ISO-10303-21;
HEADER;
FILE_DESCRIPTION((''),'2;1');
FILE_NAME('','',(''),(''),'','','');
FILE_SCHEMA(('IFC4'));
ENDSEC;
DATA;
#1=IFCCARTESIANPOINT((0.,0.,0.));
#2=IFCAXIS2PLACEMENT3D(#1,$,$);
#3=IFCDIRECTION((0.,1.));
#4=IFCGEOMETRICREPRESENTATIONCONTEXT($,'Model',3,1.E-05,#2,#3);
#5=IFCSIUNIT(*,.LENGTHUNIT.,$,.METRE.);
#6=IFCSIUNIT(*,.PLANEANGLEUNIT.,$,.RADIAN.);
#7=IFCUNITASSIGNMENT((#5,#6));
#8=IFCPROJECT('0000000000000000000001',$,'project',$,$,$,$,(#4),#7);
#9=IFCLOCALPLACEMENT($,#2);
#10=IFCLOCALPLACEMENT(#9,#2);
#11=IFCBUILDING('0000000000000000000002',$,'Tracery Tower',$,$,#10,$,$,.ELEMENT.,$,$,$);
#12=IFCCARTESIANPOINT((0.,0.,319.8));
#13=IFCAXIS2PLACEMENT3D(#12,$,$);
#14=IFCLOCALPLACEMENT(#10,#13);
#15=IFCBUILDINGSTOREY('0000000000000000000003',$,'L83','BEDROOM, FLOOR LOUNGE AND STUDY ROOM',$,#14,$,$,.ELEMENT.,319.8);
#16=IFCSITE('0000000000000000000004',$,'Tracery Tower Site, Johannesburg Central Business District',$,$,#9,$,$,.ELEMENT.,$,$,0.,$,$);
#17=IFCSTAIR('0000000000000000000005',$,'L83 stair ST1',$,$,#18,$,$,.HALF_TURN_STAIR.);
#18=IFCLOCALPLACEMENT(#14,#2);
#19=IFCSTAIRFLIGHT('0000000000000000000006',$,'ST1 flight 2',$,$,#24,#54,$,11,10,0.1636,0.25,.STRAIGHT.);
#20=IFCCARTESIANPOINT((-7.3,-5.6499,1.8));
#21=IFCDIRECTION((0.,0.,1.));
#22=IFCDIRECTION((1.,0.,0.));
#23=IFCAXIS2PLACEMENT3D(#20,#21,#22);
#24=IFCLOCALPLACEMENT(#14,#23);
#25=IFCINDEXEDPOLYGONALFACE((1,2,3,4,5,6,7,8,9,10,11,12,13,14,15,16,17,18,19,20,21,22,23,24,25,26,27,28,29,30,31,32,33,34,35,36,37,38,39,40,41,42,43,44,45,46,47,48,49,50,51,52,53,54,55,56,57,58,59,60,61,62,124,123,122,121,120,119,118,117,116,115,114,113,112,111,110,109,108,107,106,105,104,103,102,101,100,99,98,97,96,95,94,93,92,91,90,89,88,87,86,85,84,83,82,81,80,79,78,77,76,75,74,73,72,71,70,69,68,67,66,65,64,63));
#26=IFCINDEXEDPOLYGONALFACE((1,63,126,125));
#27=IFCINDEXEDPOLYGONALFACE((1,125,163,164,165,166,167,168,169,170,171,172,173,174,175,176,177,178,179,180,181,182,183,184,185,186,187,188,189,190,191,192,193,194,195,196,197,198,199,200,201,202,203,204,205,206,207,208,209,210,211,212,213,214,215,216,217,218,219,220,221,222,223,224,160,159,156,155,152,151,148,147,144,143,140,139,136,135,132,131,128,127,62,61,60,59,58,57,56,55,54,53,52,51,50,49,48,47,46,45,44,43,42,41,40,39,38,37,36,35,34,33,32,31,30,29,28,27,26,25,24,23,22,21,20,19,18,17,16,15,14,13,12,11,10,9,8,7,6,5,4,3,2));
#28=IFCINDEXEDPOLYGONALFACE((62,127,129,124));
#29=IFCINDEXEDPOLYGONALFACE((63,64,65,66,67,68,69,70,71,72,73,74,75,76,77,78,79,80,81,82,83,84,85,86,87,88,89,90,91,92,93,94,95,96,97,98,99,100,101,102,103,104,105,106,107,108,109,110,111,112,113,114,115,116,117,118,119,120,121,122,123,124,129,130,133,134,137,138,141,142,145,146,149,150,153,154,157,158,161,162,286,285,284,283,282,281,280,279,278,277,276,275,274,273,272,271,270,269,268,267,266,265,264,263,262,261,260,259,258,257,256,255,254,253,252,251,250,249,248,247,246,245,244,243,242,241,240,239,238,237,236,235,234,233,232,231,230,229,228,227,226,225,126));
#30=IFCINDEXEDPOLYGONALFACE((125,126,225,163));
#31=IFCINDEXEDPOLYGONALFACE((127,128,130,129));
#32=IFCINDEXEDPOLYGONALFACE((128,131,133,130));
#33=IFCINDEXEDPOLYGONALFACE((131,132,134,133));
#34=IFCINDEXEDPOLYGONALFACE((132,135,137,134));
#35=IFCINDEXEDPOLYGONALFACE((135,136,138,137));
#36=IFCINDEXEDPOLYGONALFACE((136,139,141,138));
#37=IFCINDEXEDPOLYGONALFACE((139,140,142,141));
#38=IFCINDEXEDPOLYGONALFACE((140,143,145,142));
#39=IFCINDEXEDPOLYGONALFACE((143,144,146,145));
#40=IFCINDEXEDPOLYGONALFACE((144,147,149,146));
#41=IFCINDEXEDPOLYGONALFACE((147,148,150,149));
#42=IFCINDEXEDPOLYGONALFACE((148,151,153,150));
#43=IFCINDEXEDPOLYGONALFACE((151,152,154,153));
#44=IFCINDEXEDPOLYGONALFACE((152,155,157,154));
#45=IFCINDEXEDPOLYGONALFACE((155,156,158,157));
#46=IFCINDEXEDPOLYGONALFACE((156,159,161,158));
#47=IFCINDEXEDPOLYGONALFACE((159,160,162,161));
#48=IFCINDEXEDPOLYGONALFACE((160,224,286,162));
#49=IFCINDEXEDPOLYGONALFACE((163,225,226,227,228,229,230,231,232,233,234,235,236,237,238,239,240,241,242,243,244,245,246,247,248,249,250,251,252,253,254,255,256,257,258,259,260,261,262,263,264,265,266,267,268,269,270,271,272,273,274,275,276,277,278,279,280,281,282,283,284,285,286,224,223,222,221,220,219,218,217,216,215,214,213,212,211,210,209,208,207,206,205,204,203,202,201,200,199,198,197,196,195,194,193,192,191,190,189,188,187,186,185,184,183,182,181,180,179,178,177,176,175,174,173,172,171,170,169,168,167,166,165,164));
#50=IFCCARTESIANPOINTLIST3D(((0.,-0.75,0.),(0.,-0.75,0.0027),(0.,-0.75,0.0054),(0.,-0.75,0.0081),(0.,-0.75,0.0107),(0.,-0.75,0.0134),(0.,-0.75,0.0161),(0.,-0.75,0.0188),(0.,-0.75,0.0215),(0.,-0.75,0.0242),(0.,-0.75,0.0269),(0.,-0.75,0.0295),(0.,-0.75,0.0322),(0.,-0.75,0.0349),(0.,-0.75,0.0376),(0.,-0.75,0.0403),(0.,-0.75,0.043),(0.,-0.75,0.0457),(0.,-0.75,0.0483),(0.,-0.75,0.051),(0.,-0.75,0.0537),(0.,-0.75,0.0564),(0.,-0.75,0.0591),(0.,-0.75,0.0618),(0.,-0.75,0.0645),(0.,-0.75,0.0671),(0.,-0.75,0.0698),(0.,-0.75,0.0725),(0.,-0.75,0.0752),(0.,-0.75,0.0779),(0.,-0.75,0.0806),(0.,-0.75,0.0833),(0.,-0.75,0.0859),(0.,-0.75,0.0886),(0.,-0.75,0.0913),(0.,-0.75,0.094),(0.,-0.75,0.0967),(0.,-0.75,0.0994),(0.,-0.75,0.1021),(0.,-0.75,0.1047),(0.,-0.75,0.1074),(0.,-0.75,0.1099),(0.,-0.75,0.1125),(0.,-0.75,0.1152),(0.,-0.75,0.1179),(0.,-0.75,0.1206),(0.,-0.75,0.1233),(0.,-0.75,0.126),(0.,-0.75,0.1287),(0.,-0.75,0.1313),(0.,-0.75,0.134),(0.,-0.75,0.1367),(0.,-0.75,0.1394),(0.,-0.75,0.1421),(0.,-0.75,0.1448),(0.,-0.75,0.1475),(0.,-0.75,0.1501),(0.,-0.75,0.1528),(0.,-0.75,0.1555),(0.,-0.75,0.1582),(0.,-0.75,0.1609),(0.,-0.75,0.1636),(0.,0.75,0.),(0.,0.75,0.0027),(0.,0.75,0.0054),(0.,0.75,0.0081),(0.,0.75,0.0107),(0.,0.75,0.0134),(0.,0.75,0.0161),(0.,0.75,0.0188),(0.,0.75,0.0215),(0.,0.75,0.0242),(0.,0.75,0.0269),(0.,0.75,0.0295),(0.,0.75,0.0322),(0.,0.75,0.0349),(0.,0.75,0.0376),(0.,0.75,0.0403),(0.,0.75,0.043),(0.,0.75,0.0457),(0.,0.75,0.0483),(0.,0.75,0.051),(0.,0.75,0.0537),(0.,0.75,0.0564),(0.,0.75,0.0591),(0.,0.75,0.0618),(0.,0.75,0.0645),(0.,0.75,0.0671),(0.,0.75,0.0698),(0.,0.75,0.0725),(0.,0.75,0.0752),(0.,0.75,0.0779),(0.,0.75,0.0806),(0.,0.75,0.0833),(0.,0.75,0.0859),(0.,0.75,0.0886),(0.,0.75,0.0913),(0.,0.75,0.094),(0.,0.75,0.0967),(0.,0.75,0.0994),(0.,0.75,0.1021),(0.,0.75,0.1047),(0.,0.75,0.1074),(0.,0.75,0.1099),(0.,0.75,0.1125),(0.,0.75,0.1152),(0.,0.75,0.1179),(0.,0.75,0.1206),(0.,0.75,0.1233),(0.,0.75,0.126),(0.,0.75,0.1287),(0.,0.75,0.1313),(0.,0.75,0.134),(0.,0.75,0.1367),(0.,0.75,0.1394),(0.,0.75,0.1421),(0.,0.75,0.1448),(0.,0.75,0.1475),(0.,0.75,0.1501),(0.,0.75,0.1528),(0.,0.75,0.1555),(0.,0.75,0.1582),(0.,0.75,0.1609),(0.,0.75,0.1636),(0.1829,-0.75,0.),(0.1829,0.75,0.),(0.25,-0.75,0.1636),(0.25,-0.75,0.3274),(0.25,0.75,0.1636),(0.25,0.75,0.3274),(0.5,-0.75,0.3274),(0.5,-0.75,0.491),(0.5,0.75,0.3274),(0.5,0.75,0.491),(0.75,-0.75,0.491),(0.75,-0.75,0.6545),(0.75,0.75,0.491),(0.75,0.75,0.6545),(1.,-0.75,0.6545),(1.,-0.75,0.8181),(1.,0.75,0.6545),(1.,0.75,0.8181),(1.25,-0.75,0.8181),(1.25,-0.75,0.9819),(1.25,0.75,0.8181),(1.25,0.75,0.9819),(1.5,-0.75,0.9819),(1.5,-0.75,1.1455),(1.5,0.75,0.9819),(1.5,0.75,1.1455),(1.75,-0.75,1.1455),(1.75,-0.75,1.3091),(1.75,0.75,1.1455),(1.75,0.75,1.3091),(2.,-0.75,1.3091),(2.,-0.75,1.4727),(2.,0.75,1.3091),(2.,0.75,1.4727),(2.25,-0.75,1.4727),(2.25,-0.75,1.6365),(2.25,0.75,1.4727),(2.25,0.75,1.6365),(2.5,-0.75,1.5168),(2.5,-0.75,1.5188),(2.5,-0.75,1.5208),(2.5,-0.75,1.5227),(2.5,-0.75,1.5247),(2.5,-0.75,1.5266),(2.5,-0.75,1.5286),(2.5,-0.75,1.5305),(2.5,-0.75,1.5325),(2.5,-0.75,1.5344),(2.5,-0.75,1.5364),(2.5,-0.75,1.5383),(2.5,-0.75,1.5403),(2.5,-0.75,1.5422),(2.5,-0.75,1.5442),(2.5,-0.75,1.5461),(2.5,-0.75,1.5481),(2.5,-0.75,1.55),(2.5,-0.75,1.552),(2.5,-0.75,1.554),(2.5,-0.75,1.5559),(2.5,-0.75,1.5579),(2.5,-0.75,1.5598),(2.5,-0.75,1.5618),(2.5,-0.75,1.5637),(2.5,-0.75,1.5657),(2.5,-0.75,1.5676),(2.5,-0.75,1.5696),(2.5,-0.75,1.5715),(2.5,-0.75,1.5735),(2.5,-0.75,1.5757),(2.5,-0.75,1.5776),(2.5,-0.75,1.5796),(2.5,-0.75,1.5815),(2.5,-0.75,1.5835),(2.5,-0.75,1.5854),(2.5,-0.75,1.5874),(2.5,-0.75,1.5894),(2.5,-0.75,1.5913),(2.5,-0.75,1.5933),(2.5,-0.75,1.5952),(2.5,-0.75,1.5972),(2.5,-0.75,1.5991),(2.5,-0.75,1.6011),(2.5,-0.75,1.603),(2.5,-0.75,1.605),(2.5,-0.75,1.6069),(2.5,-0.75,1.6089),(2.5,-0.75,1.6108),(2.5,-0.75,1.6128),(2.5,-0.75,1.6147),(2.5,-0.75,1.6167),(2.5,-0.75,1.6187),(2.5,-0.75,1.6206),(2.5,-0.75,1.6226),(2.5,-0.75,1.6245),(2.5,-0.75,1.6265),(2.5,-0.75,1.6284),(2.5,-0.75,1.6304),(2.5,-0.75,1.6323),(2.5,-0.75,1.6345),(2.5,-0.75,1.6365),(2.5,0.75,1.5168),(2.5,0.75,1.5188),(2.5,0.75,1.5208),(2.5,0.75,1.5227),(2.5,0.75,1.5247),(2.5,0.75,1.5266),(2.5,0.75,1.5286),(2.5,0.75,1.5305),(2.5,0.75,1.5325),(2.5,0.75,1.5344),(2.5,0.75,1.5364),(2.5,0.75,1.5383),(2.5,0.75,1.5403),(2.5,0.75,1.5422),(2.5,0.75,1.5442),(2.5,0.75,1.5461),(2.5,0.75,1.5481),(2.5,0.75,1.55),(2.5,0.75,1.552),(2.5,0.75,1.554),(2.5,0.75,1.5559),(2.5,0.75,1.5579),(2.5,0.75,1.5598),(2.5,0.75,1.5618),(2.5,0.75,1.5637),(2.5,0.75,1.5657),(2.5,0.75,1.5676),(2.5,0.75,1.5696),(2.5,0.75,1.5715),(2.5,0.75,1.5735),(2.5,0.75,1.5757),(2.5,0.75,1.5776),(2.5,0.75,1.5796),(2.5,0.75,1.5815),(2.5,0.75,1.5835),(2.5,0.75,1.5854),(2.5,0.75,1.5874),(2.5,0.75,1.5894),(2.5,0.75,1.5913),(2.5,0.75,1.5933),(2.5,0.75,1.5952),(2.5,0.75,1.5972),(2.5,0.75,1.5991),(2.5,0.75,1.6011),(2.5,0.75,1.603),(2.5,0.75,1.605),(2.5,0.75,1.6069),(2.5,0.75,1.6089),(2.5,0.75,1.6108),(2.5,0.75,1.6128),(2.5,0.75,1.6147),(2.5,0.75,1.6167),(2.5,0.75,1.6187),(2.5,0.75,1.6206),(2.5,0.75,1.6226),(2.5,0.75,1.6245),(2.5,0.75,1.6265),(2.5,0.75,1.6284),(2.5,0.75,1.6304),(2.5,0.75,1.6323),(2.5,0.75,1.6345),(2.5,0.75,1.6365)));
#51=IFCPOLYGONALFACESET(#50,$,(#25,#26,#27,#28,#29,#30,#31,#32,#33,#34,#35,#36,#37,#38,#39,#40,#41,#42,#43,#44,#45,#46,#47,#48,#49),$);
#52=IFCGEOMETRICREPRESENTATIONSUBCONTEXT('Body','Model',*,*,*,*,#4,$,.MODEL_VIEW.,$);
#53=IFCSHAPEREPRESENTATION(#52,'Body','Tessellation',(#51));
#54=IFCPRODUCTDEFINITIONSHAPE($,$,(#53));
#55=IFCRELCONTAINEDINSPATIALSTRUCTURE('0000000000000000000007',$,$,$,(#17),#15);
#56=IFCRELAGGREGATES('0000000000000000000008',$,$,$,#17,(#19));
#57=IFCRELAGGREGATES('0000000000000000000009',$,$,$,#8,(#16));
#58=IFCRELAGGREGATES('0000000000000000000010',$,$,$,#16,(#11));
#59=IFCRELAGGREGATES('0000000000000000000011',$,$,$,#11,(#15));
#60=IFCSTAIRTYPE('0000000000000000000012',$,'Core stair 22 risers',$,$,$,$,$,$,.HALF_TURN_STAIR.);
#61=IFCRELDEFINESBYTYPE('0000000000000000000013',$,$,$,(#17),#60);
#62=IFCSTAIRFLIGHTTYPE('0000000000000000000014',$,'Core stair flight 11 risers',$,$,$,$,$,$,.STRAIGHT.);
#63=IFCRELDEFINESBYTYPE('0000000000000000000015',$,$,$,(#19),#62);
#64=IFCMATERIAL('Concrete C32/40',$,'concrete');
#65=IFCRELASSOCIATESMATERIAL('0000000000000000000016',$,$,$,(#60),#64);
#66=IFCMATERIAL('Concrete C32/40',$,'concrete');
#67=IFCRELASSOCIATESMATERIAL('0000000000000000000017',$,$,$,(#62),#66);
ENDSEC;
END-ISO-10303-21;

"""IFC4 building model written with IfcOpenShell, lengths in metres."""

from ifc_helpers import new_model, si_unit, direction, frame, origin, place, context, subcontext, project, spatial, polyline, outline, extrude, material, type_object, element, aggregate, save


model = new_model("IFC4")

# Units and contexts
model_context = context("Model", 3, precision=1e-05, world=origin(), true_north=direction((0.0, 1.0)))
body_context = subcontext(model_context, "Body", "Model", "MODEL_VIEW")
ifc_project = project(units=[si_unit("LENGTHUNIT", "METRE"), si_unit("PLANEANGLEUNIT", "RADIAN")], contexts=[model_context])

# Site, building, storey
site_placement = place(None, origin())
site = spatial("IfcSite", under=ifc_project, at=site_placement, Name="Tracery Tower Site, Johannesburg Central Business District", CompositionType="ELEMENT", RefElevation=0.0)
building_placement = place(site_placement, origin())
building = spatial("IfcBuilding", under=site, at=building_placement, Name="Tracery Tower", CompositionType="ELEMENT")
storey_placement = place(building_placement, frame((0.0, 0.0, 319.8)))
storey = spatial("IfcBuildingStorey", under=building, at=storey_placement, Name="L83", Description="BEDROOM, FLOOR LOUNGE AND STUDY ROOM", CompositionType="ELEMENT", Elevation=319.8)

# Stair, stair flight
ifc_material_1 = material(Name="Concrete C32/40", Category="concrete")
stair_type = type_object("IfcStairType", Name="Core stair 22 risers", PredefinedType="HALF_TURN_STAIR", material=ifc_material_1)
stair_placement = place(storey_placement, origin())
stair = element("IfcStair", 1, at=stair_placement, inside=storey, type_object=stair_type, Name="L83 stair ST1", PredefinedType="HALF_TURN_STAIR")
ifc_material_2 = material(Name="Concrete C32/40", Category="concrete")
stair_flight_type = type_object("IfcStairFlightType", Name="Core stair flight 11 risers", PredefinedType="STRAIGHT", material=ifc_material_2)
stair_flight_1_placement = place(storey_placement, frame((-7.3, -5.6499, 1.8), z_axis=(0.0, 0.0, 1.0), x_axis=(1.0, 0.0, 0.0)))
stair_flight_1 = element("IfcStairFlight", 2, at=stair_flight_1_placement, type_object=stair_flight_type, Name="ST1 flight 2", NumberOfRisers=11, NumberOfTreads=10, PredefinedType="STRAIGHT", RiserHeight=0.1636, TreadLength=0.25, context=body_context, shape_type="SweptSolid", body=[
    extrude(outline(polyline([(0.0, 0.0), (0.0, 0.0027), (0.0, 0.0054), (0.0, 0.0081), (0.0, 0.0107), (0.0, 0.0134), (0.0, 0.0161), (0.0, 0.0188), (0.0, 0.0215), (0.0, 0.0242), (0.0, 0.0269), (0.0, 0.0295), (0.0, 0.0322), (0.0, 0.0349), (0.0, 0.0376), (0.0, 0.0403), (0.0, 0.043), (0.0, 0.0457), (0.0, 0.0483), (0.0, 0.051), (0.0, 0.0537), (0.0, 0.0564), (0.0, 0.0591), (0.0, 0.0618), (0.0, 0.0645), (0.0, 0.0671), (0.0, 0.0698), (0.0, 0.0725), (0.0, 0.0752), (0.0, 0.0779), (0.0, 0.0806), (0.0, 0.0833), (0.0, 0.0859), (0.0, 0.0886), (0.0, 0.0913), (0.0, 0.094), (0.0, 0.0967), (0.0, 0.0994), (0.0, 0.1021), (0.0, 0.1047), (0.0, 0.1074), (0.0, 0.1099), (0.0, 0.1125), (0.0, 0.1152), (0.0, 0.1179), (0.0, 0.1206), (0.0, 0.1233), (0.0, 0.126), (0.0, 0.1287), (0.0, 0.1313), (0.0, 0.134), (0.0, 0.1367), (0.0, 0.1394), (0.0, 0.1421), (0.0, 0.1448), (0.0, 0.1475), (0.0, 0.1501), (0.0, 0.1528), (0.0, 0.1555), (0.0, 0.1582), (0.0, 0.1609), (0.0, 0.1636), (0.25, 0.1636), (0.25, 0.3274), (0.5, 0.3274), (0.5, 0.491), (0.75, 0.491), (0.75, 0.6545), (1.0, 0.6545), (1.0, 0.8181), (1.25, 0.8181), (1.25, 0.9819), (1.5, 0.9819), (1.5, 1.1455), (1.75, 1.1455), (1.75, 1.3091), (2.0, 1.3091), (2.0, 1.4727), (2.25, 1.4727), (2.25, 1.6365), (2.5, 1.6365), (2.5, 1.6345), (2.5, 1.6323), (2.5, 1.6304), (2.5, 1.6284), (2.5, 1.6265), (2.5, 1.6245), (2.5, 1.6226), (2.5, 1.6206), (2.5, 1.6187), (2.5, 1.6167), (2.5, 1.6147), (2.5, 1.6128), (2.5, 1.6108), (2.5, 1.6089), (2.5, 1.6069), (2.5, 1.605), (2.5, 1.603), (2.5, 1.6011), (2.5, 1.5991), (2.5, 1.5972), (2.5, 1.5952), (2.5, 1.5933), (2.5, 1.5913), (2.5, 1.5894), (2.5, 1.5874), (2.5, 1.5854), (2.5, 1.5835), (2.5, 1.5815), (2.5, 1.5796), (2.5, 1.5776), (2.5, 1.5757), (2.5, 1.5735), (2.5, 1.5715), (2.5, 1.5696), (2.5, 1.5676), (2.5, 1.5657), (2.5, 1.5637), (2.5, 1.5618), (2.5, 1.5598), (2.5, 1.5579), (2.5, 1.5559), (2.5, 1.554), (2.5, 1.552), (2.5, 1.55), (2.5, 1.5481), (2.5, 1.5461), (2.5, 1.5442), (2.5, 1.5422), (2.5, 1.5403), (2.5, 1.5383), (2.5, 1.5364), (2.5, 1.5344), (2.5, 1.5325), (2.5, 1.5305), (2.5, 1.5286), (2.5, 1.5266), (2.5, 1.5247), (2.5, 1.5227), (2.5, 1.5208), (2.5, 1.5188), (2.5, 1.5168), (0.1829, 0.0), (0.0, 0.0)])), frame((0.0, 0.75, 0.0), z_axis=(0.0, -1.0, 0.0), x_axis=(1.0, 0.0, 0.0)), (0.0, 0.0, 1.0), 1.5),
])
aggregate(stair, [stair_flight_1])

save(model, "model.ifc")
